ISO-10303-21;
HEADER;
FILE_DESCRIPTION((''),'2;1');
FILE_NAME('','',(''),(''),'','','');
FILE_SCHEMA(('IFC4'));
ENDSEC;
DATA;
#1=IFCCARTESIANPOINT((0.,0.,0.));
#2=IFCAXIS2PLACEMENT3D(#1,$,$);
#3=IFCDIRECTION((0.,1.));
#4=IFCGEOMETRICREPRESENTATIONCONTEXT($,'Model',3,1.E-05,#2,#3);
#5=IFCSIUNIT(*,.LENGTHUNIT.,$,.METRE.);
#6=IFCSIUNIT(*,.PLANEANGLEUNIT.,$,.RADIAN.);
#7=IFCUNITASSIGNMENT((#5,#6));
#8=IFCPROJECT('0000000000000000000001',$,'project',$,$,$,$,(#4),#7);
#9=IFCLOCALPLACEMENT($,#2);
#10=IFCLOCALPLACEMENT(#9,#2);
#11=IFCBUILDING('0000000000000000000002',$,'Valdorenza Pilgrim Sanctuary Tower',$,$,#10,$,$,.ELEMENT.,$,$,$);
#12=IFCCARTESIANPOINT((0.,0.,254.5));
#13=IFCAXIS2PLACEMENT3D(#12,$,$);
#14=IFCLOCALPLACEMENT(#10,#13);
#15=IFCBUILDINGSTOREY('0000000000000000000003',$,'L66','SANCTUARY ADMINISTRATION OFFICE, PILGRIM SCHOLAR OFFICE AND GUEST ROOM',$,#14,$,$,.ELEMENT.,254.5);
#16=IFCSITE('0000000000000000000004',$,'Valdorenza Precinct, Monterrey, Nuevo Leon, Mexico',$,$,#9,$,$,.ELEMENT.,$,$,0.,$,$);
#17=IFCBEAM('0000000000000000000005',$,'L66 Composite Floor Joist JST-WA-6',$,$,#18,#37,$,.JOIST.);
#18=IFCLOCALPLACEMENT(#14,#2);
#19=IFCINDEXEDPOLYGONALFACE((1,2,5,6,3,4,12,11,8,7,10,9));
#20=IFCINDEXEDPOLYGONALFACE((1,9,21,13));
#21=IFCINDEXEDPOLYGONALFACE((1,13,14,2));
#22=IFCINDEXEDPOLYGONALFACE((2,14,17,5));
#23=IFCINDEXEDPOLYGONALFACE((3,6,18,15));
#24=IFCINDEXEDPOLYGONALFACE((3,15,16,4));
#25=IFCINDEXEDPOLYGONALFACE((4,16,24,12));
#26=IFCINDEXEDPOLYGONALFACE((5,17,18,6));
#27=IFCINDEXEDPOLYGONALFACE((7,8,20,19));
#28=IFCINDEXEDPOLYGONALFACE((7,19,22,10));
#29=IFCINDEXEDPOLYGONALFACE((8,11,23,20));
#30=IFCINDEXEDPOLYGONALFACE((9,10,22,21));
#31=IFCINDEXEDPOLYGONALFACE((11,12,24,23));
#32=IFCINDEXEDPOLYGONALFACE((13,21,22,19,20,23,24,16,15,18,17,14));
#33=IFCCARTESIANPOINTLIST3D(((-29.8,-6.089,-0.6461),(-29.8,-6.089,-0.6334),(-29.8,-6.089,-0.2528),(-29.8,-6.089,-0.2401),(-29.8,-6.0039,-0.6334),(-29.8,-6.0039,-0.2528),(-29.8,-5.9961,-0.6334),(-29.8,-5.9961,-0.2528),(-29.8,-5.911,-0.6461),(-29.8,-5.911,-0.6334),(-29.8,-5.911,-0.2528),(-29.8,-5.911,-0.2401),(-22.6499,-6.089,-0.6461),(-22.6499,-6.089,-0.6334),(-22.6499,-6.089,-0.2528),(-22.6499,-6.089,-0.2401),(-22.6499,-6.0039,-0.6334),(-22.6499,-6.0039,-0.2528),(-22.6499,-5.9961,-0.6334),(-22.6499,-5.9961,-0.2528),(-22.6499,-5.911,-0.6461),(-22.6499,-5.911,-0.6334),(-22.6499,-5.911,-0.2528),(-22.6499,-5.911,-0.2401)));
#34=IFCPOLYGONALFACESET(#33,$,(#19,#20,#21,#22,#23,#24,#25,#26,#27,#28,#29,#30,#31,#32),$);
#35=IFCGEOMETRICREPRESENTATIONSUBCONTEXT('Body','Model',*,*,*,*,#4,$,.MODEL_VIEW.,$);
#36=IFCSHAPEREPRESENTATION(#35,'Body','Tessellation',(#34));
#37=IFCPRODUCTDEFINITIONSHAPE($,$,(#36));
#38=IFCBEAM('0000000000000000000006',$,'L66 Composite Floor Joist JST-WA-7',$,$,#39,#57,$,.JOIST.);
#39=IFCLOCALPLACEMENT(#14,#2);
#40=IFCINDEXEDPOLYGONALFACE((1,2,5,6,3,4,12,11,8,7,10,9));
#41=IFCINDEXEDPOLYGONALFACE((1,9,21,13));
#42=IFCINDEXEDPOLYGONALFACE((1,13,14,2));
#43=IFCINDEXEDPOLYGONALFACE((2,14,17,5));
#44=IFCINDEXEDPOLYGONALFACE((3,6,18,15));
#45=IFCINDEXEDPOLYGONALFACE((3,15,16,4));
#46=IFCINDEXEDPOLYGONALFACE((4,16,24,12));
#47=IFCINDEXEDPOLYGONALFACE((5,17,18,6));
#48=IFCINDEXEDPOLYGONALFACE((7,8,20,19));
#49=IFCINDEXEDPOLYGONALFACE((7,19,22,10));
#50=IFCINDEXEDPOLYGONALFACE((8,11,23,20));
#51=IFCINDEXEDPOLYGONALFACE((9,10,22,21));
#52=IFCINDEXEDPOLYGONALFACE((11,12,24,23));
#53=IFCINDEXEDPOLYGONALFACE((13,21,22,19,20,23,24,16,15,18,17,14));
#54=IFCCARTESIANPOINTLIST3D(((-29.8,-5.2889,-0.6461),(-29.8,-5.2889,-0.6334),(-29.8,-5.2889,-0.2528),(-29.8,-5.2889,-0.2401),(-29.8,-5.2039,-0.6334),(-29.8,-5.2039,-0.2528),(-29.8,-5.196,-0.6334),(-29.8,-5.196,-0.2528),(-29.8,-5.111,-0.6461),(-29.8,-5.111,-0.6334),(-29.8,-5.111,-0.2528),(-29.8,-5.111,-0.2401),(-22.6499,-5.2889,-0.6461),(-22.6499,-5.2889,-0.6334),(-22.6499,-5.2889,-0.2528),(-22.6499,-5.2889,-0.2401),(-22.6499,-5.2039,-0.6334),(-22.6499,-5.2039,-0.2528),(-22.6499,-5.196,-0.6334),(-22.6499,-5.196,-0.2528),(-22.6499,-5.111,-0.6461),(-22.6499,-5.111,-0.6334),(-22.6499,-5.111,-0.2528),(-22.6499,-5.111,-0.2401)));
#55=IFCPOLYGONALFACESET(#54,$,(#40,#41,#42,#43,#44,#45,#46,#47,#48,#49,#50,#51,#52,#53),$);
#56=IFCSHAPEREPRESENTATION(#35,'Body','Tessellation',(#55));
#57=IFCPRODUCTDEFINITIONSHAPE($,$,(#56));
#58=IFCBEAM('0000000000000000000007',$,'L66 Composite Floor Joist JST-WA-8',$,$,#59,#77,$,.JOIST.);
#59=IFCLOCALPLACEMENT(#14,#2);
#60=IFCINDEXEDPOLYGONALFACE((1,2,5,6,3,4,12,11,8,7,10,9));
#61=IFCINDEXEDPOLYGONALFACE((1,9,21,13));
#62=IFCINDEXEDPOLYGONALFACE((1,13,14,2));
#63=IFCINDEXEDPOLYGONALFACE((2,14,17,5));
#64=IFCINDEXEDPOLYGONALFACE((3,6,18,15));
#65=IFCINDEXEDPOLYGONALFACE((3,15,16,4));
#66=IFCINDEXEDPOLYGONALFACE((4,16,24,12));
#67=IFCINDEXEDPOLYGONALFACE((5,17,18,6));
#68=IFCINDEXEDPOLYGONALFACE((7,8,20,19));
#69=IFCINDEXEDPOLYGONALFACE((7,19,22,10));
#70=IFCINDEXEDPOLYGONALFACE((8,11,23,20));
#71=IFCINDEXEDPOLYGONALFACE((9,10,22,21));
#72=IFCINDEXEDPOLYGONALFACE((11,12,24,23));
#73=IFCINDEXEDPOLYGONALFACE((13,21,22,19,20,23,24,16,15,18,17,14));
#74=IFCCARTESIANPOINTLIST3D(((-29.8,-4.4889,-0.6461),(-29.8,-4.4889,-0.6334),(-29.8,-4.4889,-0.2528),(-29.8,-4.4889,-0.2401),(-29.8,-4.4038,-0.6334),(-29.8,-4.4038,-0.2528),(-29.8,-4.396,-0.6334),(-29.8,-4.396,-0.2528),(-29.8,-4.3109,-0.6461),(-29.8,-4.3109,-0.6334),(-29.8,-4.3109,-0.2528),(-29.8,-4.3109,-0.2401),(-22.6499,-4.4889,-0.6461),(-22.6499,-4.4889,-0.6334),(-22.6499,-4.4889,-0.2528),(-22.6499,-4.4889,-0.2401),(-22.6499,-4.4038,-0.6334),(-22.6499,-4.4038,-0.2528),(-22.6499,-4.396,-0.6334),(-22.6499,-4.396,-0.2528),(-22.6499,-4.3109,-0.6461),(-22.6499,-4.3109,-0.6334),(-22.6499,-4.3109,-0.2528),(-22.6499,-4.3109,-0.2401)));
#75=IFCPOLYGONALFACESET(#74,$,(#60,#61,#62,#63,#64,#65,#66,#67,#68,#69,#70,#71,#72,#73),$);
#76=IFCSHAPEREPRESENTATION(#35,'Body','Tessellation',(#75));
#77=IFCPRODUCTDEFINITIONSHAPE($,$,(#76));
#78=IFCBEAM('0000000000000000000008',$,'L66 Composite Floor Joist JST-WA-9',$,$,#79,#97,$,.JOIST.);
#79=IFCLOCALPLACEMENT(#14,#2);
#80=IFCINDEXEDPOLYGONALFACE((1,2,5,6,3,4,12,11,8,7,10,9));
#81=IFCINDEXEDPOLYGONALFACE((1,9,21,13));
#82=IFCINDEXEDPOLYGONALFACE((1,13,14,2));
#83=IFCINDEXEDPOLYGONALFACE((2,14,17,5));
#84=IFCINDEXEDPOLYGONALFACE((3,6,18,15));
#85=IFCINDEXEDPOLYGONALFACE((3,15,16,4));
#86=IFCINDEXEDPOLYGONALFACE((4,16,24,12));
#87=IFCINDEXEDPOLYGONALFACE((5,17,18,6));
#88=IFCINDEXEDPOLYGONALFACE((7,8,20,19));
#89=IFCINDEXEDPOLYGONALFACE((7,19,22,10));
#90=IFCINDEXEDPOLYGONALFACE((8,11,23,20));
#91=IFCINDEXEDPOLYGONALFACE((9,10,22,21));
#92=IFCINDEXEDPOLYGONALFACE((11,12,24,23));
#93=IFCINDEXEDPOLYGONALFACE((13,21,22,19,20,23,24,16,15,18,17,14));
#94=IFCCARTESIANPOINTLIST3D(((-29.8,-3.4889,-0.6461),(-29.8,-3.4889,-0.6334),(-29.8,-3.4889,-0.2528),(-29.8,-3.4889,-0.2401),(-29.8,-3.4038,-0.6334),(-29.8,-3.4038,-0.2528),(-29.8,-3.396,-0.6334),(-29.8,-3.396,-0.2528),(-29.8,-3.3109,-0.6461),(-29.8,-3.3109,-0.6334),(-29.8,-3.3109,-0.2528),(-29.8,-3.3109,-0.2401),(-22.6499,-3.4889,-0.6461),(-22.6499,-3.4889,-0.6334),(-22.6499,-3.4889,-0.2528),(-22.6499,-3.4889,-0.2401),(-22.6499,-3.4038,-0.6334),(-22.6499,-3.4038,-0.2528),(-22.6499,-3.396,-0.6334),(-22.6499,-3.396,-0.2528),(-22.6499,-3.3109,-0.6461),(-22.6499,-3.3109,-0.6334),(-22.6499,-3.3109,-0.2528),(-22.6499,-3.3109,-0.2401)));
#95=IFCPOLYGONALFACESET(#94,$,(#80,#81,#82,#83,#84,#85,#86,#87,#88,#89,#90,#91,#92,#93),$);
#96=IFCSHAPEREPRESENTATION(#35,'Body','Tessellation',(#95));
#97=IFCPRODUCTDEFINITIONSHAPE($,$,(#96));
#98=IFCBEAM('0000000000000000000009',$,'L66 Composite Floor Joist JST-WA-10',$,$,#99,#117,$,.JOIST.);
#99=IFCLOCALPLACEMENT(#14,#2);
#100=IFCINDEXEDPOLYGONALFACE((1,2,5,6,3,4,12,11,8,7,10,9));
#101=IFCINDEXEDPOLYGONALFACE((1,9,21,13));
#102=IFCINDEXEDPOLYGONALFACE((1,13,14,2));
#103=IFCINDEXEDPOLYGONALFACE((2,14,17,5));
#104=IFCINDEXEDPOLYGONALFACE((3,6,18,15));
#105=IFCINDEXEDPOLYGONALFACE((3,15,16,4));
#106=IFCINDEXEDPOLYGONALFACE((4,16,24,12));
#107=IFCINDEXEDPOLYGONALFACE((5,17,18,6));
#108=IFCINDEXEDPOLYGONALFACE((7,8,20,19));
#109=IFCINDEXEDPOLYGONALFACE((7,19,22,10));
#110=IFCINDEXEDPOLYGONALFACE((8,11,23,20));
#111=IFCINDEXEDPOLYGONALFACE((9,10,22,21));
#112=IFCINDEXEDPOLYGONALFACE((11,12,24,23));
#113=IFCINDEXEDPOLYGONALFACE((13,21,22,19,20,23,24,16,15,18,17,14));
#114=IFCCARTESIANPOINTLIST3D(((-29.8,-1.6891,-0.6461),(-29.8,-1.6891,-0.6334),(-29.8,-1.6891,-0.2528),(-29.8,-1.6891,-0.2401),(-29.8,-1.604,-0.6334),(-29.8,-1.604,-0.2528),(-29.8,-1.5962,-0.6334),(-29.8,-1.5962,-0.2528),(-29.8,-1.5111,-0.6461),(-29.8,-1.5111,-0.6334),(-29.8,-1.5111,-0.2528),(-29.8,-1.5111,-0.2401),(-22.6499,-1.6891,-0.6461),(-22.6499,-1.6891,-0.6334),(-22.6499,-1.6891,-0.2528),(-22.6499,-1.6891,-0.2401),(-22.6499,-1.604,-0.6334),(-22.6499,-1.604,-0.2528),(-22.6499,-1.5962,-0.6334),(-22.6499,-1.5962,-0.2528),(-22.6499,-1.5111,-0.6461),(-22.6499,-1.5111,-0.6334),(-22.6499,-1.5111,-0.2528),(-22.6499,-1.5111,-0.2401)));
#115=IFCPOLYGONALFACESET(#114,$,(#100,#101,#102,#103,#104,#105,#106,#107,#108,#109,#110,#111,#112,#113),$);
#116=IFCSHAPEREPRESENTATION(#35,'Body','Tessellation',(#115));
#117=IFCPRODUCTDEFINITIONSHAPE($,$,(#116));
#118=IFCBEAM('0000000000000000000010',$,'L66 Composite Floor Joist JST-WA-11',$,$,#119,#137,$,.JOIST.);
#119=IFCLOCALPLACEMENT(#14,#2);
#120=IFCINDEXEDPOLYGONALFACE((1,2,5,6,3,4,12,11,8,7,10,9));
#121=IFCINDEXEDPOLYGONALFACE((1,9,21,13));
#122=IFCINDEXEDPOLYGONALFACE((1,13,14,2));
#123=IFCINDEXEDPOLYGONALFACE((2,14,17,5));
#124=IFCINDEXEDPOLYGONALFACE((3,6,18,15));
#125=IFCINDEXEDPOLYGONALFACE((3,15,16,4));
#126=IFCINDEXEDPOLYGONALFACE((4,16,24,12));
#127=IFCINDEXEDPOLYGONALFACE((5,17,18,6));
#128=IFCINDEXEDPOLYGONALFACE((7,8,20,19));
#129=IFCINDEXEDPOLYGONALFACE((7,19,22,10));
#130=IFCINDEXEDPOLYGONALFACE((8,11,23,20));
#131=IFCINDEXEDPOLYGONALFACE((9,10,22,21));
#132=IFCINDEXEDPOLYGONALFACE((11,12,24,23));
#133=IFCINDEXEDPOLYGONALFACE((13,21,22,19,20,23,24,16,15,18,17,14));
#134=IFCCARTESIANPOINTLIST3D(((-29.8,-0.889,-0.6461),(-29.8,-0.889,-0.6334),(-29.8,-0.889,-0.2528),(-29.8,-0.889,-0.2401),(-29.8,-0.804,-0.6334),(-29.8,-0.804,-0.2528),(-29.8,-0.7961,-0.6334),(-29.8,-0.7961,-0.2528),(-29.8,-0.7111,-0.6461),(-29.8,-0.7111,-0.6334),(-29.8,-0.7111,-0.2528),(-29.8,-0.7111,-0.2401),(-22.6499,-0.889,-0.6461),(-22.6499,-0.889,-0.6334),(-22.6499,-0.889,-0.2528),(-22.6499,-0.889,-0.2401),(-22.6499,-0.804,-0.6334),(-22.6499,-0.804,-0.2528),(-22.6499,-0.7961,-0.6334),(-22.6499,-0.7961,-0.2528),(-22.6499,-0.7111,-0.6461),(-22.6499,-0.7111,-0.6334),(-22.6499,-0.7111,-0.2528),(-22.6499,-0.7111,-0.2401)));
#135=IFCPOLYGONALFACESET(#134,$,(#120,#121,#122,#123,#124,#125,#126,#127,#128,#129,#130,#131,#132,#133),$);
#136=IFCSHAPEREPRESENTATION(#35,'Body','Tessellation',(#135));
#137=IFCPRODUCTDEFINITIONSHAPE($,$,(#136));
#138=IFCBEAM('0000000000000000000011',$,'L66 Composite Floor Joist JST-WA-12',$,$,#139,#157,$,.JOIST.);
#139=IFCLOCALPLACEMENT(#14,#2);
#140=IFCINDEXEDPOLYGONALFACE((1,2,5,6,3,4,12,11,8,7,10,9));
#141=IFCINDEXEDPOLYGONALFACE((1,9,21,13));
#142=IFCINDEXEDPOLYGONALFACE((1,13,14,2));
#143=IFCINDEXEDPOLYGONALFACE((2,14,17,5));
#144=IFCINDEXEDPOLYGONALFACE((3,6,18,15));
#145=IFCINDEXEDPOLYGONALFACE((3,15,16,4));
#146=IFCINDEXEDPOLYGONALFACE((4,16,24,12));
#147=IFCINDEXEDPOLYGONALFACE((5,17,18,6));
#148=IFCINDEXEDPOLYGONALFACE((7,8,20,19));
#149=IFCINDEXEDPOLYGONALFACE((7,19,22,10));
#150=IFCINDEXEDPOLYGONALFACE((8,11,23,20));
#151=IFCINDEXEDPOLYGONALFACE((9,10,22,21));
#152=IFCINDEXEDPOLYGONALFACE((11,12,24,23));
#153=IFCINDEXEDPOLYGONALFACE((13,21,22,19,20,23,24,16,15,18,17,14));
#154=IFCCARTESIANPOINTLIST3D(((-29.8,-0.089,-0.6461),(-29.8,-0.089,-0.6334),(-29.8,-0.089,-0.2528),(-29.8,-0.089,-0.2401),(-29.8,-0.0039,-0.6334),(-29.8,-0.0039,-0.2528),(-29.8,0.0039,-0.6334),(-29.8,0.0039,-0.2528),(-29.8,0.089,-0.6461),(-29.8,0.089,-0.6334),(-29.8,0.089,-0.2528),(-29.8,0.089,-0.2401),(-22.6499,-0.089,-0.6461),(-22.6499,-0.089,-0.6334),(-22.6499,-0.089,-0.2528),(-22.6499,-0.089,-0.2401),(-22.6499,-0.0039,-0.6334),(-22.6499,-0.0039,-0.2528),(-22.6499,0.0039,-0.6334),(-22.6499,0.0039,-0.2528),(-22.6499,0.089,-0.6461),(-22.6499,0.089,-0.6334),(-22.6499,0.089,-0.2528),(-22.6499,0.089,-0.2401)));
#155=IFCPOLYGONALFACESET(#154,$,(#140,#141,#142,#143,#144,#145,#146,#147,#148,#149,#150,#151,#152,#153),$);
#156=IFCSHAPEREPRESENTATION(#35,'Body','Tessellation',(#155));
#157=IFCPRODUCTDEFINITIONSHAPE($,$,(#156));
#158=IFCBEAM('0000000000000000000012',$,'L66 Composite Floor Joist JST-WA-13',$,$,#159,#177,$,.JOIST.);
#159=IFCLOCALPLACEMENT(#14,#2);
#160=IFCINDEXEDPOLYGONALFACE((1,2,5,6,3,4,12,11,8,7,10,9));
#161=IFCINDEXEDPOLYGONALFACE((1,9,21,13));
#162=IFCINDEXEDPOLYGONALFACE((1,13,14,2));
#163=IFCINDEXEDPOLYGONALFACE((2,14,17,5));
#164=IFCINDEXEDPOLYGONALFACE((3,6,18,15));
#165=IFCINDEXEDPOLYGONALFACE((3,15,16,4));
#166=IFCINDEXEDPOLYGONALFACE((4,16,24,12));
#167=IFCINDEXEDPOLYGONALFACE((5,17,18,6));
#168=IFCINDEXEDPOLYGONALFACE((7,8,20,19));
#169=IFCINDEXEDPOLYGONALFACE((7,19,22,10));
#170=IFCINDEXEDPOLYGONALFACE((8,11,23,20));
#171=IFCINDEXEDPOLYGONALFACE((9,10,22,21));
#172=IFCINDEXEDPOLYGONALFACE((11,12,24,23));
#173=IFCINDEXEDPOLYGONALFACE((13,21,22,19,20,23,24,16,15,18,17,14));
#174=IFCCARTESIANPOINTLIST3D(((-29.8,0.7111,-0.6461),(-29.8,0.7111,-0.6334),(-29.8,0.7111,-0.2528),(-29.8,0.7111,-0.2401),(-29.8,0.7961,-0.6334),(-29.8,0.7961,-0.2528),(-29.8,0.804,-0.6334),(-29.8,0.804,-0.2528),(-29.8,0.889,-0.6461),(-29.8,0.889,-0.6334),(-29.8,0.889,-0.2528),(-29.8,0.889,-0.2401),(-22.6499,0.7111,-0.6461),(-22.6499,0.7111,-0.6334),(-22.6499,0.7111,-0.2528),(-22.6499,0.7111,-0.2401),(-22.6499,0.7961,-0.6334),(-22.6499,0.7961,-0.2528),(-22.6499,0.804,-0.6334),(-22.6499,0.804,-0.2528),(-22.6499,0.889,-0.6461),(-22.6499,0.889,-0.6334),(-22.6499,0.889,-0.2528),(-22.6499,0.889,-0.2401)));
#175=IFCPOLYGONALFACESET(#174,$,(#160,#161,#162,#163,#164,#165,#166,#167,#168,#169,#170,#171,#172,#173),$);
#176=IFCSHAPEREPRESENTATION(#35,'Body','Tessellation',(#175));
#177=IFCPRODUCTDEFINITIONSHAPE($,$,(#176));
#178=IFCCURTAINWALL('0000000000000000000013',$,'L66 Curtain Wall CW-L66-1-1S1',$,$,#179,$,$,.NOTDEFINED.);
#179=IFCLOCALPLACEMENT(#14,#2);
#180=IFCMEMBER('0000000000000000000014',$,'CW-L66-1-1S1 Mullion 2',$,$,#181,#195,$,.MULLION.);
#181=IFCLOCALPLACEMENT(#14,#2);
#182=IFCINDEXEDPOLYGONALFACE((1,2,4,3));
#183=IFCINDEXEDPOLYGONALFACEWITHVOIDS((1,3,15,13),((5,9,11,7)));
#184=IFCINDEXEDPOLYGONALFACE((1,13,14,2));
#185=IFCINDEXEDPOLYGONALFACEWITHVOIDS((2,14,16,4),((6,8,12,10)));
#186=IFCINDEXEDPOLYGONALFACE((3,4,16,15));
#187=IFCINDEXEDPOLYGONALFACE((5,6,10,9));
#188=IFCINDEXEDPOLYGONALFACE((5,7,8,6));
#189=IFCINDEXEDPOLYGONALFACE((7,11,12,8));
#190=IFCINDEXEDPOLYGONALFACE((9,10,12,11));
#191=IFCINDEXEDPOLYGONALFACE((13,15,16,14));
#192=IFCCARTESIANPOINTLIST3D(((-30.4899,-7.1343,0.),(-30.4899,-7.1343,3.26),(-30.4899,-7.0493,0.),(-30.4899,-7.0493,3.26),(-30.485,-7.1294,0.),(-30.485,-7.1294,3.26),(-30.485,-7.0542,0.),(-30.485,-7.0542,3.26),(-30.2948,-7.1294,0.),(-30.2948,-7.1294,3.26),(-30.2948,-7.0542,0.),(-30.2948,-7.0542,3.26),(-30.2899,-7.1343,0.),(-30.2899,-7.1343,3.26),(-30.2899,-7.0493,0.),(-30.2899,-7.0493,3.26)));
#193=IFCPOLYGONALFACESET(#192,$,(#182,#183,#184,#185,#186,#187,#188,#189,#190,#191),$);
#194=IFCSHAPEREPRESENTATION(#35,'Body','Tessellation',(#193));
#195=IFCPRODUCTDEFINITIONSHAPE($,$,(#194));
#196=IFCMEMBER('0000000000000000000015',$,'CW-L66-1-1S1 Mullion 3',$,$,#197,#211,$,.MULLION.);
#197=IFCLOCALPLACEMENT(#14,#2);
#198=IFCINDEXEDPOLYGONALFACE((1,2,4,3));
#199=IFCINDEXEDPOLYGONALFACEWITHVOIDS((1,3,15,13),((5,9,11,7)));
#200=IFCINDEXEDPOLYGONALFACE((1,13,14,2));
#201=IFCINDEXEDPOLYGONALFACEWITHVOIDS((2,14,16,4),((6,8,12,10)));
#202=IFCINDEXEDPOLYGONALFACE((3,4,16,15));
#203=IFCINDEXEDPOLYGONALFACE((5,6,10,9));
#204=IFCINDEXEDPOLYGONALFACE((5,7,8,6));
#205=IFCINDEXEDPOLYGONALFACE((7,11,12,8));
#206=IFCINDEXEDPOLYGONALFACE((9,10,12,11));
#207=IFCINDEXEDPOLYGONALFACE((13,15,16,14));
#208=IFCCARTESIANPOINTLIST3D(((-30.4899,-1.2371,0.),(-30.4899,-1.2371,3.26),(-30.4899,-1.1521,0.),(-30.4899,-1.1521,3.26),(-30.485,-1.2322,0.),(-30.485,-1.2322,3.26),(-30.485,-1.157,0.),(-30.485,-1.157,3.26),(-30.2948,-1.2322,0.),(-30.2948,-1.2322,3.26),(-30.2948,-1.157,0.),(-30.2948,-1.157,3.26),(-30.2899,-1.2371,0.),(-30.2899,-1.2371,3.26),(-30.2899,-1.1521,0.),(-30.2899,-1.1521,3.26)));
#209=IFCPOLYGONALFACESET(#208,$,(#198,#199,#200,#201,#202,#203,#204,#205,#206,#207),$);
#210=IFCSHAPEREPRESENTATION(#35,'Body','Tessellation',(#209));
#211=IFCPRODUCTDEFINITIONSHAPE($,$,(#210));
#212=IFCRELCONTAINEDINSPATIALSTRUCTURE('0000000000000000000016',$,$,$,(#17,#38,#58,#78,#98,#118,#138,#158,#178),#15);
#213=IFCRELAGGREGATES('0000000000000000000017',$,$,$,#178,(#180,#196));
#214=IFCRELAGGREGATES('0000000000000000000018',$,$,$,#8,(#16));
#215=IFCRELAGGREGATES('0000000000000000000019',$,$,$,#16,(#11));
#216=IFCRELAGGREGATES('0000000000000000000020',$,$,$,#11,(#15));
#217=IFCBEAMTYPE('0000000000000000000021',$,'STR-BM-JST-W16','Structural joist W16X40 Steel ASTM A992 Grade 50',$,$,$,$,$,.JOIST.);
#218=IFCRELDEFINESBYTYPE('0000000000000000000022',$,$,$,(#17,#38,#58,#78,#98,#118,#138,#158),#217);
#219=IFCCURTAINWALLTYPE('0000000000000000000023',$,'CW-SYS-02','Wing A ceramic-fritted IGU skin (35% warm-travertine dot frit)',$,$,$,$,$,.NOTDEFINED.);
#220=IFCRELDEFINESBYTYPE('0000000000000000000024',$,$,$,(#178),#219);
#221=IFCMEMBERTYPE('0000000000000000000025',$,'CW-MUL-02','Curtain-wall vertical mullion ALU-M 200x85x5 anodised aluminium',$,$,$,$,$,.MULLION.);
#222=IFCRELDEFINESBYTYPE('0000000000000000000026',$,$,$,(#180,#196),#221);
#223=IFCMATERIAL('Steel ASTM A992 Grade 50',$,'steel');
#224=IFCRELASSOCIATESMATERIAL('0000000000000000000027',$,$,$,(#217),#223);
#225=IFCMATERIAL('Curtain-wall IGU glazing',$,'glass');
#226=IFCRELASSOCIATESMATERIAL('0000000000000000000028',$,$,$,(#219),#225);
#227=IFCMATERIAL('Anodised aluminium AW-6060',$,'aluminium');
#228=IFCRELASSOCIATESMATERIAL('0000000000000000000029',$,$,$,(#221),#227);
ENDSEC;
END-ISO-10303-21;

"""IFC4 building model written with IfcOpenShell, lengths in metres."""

from ifc_helpers import new_model, si_unit, direction, frame, origin, origin_2d, place, context, subcontext, project, spatial, hollow_rectangle, i_section, extrude, source, transform, mapped, material, material_profile, profile_set, type_object, element, aggregate, save


model = new_model("IFC4")

# Units and contexts
model_context = context("Model", 3, precision=1e-05, world=origin(), true_north=direction((0.0, 1.0)))
body_context = subcontext(model_context, "Body", "Model", "MODEL_VIEW")
ifc_project = project(units=[si_unit("LENGTHUNIT", "METRE"), si_unit("PLANEANGLEUNIT", "RADIAN")], contexts=[model_context])

# Site, building, storey
site_placement = place(None, origin())
site = spatial("IfcSite", under=ifc_project, at=site_placement, Name="Valdorenza Precinct, Monterrey, Nuevo Leon, Mexico", CompositionType="ELEMENT", RefElevation=0.0)
building_placement = place(site_placement, origin())
building = spatial("IfcBuilding", under=site, at=building_placement, Name="Valdorenza Pilgrim Sanctuary Tower", CompositionType="ELEMENT")
storey_placement = place(building_placement, frame((0.0, 0.0, 254.5)))
storey = spatial("IfcBuildingStorey", under=building, at=storey_placement, Name="L66", Description="SANCTUARY ADMINISTRATION OFFICE, PILGRIM SCHOLAR OFFICE AND GUEST ROOM", CompositionType="ELEMENT", Elevation=254.5)

# Beams
ifc_material_1 = material(Name="Steel ASTM A992 Grade 50", Category="steel")
ifc_material_profile_1 = material_profile(ifc_material_1, i_section(OverallWidth=0.178, OverallDepth=0.406, WebThickness=0.0078, FlangeThickness=0.0127, at=origin_2d()), Name="W16X40")
ifc_profile_set_1 = profile_set([ifc_material_profile_1], Name="Steel ASTM A992 Grade 50")
beam_type_1 = type_object("IfcBeamType", Name="STR-BM-JST-W16", Description="Structural joist W16X40 Steel ASTM A992 Grade 50", PredefinedType="JOIST", material=ifc_profile_set_1)
shared_shape_1 = source(origin(), body_context, "Body", "SweptSolid", [
    extrude(i_section(OverallWidth=0.178, OverallDepth=0.406, WebThickness=0.0078, FlangeThickness=0.0127, at=origin_2d()), origin(), (0.0, 0.0, 1.0), 7.1501),
])
for number, where, z_axis, x_axis, name in (
    (1, (-29.8, -6.0, -0.4431), (1.0, 0.0, 0.0), (0.0, 1.0, 0.0), "L66 Composite Floor Joist JST-WA-6"),
    (2, (-29.8, -5.2, -0.4431), (1.0, 0.0, 0.0), (0.0, 1.0, 0.0), "L66 Composite Floor Joist JST-WA-7"),
    (3, (-29.8, -4.3999, -0.4431), (1.0, 0.0, 0.0), (0.0, 1.0, 0.0), "L66 Composite Floor Joist JST-WA-8"),
    (4, (-29.8, -3.3999, -0.4431), (1.0, 0.0, 0.0), (0.0, 1.0, 0.0), "L66 Composite Floor Joist JST-WA-9"),
    (5, (-29.8, -1.6001, -0.4431), (1.0, 0.0, 0.0), (0.0, 1.0, 0.0), "L66 Composite Floor Joist JST-WA-10"),
    (6, (-29.8, -0.8, -0.4431), (1.0, 0.0, 0.0), (0.0, 1.0, 0.0), "L66 Composite Floor Joist JST-WA-11"),
    (7, (-29.8, 0.0, -0.4431), (1.0, 0.0, 0.0), (0.0, 1.0, 0.0), "L66 Composite Floor Joist JST-WA-12"),
    (8, (-29.8, 0.8, -0.4431), (1.0, 0.0, 0.0), (0.0, 1.0, 0.0), "L66 Composite Floor Joist JST-WA-13"),
):
    element("IfcBeam", number, at=place(storey_placement, frame(where, z_axis=z_axis, x_axis=x_axis)), inside=storey, type_object=beam_type_1, Name=name, PredefinedType="JOIST", context=body_context, shape_type="MappedRepresentation", body=[
        mapped(shared_shape_1, transform((0.0, 0.0, 0.0), x_axis=(1.0, 0.0, 0.0), y_axis=(0.0, 1.0, 0.0), z_axis=(0.0, 0.0, 1.0), scale=1.0)),
    ])

# Curtain wall, members
ifc_material_2 = material(Name="Curtain-wall IGU glazing", Category="glass")
curtain_wall_type = type_object("IfcCurtainWallType", Name="CW-SYS-02", Description="Wing A ceramic-fritted IGU skin (35% warm-travertine dot frit)", PredefinedType="NOTDEFINED", material=ifc_material_2)
curtain_wall_placement = place(storey_placement, origin())
curtain_wall = element("IfcCurtainWall", 9, at=curtain_wall_placement, inside=storey, type_object=curtain_wall_type, Name="L66 Curtain Wall CW-L66-1-1S1", PredefinedType="NOTDEFINED")
ifc_material_3 = material(Name="Anodised aluminium AW-6060", Category="aluminium")
ifc_material_profile_2 = material_profile(ifc_material_3, hollow_rectangle(XDim=0.085, YDim=0.2, WallThickness=0.0049, at=origin_2d()), Name="ALU-M 200x85x5")
ifc_profile_set_2 = profile_set([ifc_material_profile_2], Name="Anodised aluminium AW-6060")
member_type = type_object("IfcMemberType", Name="CW-MUL-02", Description="Curtain-wall vertical mullion ALU-M 200x85x5 anodised aluminium", PredefinedType="MULLION", material=ifc_profile_set_2)
shared_shape_2 = source(origin(), body_context, "Body", "SweptSolid", [
    extrude(hollow_rectangle(XDim=0.085, YDim=0.2, WallThickness=0.0049, at=origin_2d()), origin(), (0.0, 0.0, 1.0), 3.26),
])
member_1_placement = place(storey_placement, frame((-30.3899, -7.0918, 0.0), z_axis=(0.0, 0.0, 1.0), x_axis=(0.0, 1.0, 0.0)))
member_1 = element("IfcMember", 10, at=member_1_placement, type_object=member_type, Name="CW-L66-1-1S1 Mullion 2", PredefinedType="MULLION", context=body_context, shape_type="MappedRepresentation", body=[
    mapped(shared_shape_2, transform((0.0, 0.0, 0.0), x_axis=(1.0, 0.0, 0.0), y_axis=(0.0, 1.0, 0.0), z_axis=(0.0, 0.0, 1.0), scale=1.0)),
])
member_2_placement = place(storey_placement, frame((-30.3899, -1.1946, 0.0), z_axis=(0.0, 0.0, 1.0), x_axis=(0.0, 1.0, 0.0)))
member_2 = element("IfcMember", 11, at=member_2_placement, type_object=member_type, Name="CW-L66-1-1S1 Mullion 3", PredefinedType="MULLION", context=body_context, shape_type="MappedRepresentation", body=[
    mapped(shared_shape_2, transform((0.0, 0.0, 0.0), x_axis=(1.0, 0.0, 0.0), y_axis=(0.0, 1.0, 0.0), z_axis=(0.0, 0.0, 1.0), scale=1.0)),
])
aggregate(curtain_wall, [member_1, member_2])

save(model, "model.ifc")
